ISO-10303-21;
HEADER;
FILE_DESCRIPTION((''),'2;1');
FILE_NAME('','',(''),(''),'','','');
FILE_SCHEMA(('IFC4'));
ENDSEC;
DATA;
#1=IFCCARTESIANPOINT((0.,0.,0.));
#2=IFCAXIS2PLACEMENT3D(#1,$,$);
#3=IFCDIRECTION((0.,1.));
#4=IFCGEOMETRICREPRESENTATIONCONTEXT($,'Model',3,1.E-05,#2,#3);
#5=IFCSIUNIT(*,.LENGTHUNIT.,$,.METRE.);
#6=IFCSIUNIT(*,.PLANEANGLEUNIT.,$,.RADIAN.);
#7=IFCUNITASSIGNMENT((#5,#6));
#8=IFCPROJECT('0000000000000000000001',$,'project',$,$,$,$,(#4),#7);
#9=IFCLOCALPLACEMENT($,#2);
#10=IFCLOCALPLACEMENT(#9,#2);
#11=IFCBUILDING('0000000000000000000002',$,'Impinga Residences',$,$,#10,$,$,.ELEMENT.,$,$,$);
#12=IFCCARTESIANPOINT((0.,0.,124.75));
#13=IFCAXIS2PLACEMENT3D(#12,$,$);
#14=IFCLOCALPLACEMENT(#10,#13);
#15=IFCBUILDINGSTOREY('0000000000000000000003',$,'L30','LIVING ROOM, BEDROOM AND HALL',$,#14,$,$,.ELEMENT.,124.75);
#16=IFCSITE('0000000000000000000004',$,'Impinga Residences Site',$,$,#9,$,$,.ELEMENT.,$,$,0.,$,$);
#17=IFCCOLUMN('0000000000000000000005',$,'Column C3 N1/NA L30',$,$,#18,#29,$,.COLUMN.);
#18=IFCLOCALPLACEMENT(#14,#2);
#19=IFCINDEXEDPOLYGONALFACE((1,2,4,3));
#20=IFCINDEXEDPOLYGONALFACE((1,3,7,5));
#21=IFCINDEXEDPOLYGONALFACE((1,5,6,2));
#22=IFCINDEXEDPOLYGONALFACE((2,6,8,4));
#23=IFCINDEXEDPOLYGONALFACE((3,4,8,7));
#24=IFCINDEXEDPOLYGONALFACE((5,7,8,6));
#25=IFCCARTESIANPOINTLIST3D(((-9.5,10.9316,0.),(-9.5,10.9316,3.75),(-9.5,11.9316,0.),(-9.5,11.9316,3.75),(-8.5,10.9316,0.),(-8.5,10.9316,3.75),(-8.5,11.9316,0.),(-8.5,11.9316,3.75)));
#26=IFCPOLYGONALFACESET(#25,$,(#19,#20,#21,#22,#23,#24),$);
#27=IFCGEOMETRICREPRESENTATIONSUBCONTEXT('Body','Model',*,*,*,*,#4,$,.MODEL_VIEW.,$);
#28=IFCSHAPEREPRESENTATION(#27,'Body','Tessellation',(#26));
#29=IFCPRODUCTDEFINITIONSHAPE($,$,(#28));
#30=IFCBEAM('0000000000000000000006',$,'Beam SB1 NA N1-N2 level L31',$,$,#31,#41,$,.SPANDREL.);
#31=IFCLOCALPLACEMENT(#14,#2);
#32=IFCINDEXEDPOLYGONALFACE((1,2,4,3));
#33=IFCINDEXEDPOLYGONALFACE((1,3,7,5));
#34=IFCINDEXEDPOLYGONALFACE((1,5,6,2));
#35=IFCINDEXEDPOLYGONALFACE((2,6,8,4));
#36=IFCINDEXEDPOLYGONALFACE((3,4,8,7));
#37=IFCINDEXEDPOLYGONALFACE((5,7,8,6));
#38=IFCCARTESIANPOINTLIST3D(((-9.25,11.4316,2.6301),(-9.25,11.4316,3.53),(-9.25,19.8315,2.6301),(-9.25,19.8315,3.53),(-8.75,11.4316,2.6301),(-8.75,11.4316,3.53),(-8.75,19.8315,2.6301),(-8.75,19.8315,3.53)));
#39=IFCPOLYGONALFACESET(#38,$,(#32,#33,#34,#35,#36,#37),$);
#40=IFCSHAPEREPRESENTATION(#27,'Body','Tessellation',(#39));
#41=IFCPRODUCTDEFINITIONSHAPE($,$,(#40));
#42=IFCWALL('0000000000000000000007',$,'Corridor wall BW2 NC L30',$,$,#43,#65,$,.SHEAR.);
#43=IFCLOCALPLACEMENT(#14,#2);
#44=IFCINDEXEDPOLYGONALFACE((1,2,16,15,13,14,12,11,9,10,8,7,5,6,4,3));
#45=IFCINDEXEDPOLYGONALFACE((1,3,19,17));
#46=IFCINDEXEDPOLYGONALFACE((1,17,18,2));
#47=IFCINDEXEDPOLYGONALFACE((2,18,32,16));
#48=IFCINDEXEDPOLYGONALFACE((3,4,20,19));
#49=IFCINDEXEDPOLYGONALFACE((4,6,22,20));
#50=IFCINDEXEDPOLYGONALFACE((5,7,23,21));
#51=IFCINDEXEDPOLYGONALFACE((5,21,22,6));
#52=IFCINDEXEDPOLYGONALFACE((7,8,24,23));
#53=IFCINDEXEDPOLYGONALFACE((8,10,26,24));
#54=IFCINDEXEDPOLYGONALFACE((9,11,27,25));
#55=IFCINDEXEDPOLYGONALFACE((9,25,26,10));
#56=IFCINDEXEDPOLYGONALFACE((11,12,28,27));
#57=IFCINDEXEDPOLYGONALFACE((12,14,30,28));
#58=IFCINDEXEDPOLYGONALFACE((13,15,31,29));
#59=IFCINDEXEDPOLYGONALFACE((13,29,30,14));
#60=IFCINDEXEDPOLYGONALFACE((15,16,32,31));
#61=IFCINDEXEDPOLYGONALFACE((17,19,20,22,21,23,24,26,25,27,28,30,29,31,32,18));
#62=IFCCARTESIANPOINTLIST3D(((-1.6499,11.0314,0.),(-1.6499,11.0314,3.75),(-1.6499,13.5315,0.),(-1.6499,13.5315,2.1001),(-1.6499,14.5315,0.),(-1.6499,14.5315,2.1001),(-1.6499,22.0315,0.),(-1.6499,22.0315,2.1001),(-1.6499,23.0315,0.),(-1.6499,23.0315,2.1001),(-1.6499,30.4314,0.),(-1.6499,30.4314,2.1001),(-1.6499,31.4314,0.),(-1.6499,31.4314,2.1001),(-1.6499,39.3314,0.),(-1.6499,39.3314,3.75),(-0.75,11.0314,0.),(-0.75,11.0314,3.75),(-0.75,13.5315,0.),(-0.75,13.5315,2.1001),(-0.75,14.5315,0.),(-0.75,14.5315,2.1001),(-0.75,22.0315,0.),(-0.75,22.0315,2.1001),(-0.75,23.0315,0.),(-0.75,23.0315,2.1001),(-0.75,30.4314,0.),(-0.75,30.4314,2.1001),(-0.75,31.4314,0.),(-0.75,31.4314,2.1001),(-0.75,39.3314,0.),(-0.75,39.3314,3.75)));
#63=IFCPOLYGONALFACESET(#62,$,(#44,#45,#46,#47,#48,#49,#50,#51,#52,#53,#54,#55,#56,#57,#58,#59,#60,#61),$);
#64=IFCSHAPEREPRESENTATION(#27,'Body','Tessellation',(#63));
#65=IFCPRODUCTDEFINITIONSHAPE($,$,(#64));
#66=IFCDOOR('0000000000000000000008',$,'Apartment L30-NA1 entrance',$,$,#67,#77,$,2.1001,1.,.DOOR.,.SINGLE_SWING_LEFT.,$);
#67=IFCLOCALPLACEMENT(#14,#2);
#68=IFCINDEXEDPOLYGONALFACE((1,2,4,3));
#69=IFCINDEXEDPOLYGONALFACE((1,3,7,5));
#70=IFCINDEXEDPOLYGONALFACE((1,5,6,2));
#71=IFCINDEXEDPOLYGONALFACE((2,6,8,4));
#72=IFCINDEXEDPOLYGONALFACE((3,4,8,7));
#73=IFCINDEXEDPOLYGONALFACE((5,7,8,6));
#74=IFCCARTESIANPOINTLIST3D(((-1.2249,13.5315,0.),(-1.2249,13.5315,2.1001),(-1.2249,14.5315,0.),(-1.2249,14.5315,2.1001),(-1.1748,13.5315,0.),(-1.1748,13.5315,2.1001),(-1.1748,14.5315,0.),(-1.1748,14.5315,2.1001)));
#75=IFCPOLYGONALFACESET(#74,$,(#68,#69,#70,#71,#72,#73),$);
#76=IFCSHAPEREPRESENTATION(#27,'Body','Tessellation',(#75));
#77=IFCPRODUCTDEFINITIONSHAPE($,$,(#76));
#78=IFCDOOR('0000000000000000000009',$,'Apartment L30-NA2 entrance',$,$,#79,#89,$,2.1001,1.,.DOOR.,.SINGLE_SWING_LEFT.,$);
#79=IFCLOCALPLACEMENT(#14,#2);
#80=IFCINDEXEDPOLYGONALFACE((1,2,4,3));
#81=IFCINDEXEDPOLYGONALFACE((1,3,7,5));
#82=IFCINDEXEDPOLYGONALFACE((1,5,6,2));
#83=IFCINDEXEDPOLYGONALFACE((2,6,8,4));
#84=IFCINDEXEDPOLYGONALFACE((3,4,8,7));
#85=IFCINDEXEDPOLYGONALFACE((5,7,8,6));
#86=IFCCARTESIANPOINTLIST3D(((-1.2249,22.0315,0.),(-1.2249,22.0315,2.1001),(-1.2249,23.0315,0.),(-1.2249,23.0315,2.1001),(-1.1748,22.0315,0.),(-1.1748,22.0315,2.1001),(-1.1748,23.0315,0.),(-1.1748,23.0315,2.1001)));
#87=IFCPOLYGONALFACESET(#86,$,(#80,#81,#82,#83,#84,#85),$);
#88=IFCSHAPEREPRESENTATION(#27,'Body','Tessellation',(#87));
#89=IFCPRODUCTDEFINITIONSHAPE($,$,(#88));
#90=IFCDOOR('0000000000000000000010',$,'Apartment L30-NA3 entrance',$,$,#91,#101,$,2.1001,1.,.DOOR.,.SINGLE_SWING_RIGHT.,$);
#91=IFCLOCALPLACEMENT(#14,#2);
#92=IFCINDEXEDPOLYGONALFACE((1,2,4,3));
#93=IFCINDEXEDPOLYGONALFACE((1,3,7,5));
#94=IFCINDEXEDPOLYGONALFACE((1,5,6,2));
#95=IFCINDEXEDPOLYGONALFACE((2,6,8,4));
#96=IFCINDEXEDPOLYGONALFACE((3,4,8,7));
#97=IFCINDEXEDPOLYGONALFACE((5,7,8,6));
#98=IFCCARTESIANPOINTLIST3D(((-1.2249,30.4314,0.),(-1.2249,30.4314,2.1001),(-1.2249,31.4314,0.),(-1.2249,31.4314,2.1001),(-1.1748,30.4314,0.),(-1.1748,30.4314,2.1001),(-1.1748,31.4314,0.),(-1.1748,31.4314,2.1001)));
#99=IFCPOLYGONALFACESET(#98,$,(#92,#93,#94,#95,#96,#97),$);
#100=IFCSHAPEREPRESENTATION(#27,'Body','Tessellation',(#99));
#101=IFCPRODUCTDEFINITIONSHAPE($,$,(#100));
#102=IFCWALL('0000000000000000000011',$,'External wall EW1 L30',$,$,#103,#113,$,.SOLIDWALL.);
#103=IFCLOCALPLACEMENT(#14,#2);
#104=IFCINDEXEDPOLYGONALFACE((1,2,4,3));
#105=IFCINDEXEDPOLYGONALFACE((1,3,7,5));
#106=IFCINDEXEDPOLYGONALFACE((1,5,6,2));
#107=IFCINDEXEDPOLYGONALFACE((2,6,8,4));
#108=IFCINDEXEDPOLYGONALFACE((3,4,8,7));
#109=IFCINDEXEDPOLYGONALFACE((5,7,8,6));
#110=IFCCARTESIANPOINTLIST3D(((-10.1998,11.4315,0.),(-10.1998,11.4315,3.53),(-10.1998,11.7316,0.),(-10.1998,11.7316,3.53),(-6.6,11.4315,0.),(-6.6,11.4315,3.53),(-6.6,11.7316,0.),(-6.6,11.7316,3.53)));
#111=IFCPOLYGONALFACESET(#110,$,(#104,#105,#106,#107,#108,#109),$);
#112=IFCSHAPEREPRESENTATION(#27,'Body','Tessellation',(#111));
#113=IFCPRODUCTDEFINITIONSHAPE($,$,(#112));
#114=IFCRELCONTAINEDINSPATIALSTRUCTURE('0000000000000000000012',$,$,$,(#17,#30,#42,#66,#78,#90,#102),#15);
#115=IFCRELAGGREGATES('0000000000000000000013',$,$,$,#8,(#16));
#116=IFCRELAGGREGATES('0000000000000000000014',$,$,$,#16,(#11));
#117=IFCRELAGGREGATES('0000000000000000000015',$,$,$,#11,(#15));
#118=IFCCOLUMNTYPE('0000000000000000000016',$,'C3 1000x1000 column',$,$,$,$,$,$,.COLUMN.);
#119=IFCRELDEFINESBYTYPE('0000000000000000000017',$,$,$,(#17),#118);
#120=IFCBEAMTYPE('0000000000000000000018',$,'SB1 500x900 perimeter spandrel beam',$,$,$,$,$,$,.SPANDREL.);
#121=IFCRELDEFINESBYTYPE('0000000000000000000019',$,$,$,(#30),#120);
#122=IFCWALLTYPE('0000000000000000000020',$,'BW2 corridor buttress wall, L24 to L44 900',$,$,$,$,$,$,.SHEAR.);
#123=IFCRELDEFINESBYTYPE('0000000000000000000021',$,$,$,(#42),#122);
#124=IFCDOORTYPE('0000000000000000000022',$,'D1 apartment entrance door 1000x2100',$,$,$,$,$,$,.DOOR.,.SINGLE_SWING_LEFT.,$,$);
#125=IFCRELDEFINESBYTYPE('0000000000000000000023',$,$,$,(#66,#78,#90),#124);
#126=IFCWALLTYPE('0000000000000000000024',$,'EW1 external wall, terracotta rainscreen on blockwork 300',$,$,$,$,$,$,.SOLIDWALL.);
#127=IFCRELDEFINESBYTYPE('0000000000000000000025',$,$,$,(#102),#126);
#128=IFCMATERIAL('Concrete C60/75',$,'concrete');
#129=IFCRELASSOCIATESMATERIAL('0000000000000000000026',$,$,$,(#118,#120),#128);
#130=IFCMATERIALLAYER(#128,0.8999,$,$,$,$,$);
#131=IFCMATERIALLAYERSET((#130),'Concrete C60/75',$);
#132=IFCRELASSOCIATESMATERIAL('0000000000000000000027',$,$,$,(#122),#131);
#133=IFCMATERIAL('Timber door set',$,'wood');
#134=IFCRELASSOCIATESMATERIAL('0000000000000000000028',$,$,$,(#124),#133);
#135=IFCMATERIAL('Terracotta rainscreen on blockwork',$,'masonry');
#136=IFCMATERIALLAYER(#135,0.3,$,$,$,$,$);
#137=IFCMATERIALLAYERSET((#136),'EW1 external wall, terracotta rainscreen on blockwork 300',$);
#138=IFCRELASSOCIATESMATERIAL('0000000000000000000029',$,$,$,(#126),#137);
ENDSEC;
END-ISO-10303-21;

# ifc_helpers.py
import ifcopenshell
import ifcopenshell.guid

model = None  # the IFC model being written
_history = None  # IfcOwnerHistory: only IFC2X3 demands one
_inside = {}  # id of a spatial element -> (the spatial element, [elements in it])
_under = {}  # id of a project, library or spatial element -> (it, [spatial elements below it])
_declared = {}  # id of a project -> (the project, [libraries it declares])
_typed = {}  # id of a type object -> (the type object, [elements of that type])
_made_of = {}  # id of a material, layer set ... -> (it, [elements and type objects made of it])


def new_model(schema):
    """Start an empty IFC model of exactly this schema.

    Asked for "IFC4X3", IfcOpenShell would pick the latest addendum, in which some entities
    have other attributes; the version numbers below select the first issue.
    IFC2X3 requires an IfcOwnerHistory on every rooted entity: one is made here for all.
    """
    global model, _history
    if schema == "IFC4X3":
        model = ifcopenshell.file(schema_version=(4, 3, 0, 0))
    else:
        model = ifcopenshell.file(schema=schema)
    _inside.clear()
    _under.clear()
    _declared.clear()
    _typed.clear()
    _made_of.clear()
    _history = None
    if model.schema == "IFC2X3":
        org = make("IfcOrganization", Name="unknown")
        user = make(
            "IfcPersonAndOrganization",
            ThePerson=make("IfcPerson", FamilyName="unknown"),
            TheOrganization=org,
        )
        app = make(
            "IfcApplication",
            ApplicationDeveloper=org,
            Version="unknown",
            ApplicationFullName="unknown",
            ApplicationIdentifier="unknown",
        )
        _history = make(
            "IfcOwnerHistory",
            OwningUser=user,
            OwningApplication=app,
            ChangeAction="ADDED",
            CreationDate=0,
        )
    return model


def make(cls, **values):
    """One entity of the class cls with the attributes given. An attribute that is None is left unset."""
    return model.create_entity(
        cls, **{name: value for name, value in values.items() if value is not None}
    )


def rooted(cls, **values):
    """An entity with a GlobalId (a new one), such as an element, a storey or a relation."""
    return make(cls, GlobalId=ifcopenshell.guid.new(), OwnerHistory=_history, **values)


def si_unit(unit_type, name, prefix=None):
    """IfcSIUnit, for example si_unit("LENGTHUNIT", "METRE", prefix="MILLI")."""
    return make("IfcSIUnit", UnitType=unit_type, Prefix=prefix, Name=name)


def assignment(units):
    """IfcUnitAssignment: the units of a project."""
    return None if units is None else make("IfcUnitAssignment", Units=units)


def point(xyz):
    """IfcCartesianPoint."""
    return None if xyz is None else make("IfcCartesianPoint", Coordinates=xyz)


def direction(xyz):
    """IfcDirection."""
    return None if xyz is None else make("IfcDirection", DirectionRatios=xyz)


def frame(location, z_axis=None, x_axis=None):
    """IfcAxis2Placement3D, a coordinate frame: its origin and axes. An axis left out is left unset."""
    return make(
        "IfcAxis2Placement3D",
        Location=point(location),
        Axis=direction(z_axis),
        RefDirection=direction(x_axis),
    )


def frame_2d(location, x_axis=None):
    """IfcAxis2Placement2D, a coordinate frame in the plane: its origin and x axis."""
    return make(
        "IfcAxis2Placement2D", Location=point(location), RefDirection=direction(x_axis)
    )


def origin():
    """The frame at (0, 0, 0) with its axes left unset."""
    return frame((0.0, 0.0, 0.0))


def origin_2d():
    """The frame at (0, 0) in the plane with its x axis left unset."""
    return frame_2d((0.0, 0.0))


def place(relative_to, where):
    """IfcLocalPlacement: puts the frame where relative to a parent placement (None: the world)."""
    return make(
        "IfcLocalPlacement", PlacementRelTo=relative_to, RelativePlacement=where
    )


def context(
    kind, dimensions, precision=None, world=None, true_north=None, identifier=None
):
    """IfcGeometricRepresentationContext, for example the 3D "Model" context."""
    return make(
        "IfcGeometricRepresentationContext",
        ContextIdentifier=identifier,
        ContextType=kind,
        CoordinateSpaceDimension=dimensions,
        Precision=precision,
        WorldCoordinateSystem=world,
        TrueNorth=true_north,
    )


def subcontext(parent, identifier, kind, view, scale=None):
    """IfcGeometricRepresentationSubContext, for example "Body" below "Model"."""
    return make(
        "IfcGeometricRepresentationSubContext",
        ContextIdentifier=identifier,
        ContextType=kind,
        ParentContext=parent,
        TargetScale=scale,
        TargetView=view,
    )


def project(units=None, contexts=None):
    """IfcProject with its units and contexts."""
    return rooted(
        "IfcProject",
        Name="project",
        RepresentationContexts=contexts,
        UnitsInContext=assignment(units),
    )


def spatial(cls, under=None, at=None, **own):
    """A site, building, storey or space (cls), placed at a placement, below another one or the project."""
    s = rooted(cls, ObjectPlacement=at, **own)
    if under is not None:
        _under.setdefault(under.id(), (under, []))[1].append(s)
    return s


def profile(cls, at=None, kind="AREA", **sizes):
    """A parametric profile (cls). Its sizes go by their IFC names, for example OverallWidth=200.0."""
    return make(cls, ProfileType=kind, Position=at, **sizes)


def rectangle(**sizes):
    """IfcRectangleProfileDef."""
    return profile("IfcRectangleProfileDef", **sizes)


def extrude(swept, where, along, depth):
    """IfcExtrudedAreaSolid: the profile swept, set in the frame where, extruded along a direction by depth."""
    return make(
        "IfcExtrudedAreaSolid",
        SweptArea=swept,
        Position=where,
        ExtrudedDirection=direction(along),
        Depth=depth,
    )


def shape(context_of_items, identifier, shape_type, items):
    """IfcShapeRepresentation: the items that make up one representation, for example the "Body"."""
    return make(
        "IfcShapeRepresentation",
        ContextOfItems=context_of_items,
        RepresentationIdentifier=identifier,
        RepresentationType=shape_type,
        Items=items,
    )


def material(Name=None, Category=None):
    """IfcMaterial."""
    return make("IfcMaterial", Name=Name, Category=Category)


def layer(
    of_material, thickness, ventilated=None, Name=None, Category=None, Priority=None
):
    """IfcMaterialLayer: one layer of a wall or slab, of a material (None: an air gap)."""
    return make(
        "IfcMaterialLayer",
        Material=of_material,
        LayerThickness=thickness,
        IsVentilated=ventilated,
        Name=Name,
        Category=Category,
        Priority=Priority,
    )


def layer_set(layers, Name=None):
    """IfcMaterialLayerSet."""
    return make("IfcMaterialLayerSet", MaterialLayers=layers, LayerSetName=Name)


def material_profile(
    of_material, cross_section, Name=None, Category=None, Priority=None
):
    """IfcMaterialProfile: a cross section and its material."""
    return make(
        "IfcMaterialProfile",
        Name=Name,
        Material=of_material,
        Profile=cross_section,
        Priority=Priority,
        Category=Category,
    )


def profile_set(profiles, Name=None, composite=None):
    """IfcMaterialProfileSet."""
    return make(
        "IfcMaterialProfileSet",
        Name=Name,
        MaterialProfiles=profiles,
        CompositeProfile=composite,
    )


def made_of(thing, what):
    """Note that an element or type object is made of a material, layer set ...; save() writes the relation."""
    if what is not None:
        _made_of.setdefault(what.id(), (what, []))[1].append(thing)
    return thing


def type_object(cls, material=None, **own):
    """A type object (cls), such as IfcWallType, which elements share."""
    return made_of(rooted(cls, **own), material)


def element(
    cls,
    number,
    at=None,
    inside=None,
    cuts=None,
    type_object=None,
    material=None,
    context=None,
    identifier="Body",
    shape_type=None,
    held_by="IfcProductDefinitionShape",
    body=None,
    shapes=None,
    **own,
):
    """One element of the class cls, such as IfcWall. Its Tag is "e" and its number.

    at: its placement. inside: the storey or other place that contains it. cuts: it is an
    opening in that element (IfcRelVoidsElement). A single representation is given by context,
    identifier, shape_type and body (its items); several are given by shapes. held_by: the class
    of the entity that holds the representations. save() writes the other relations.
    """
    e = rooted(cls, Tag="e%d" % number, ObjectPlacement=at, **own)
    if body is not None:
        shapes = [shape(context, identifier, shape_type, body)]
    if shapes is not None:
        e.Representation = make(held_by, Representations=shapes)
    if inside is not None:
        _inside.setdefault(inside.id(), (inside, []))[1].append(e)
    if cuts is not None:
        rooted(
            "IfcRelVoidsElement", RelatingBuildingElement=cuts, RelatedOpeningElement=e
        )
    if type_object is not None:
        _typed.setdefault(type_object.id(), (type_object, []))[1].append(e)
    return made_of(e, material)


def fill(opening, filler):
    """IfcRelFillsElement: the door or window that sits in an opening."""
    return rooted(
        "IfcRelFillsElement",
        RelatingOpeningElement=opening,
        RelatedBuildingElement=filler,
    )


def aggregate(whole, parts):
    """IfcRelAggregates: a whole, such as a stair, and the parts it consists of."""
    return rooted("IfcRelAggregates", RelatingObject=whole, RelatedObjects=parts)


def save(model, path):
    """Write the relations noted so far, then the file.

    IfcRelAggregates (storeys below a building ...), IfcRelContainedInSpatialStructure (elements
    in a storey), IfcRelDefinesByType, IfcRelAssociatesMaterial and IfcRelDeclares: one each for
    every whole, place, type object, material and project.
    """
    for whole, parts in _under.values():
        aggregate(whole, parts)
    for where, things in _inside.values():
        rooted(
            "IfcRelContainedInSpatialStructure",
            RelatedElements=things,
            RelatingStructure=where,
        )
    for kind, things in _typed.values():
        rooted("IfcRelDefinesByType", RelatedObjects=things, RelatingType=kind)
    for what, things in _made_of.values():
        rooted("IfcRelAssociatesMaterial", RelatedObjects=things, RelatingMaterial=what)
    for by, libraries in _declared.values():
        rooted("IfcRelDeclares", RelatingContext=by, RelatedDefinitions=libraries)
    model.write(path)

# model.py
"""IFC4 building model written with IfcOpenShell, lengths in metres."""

from ifc_helpers import new_model, si_unit, direction, frame, frame_2d, origin, origin_2d, place, context, subcontext, project, spatial, rectangle, extrude, material, layer, layer_set, material_profile, profile_set, type_object, element, fill, save


model = new_model("IFC4")

# Units and contexts
model_context = context("Model", 3, precision=1e-05, world=origin(), true_north=direction((0.0, 1.0)))
body_context = subcontext(model_context, "Body", "Model", "MODEL_VIEW")
ifc_project = project(units=[si_unit("LENGTHUNIT", "METRE"), si_unit("PLANEANGLEUNIT", "RADIAN")], contexts=[model_context])

# Site, building, storey
site_placement = place(None, origin())
site = spatial("IfcSite", under=ifc_project, at=site_placement, Name="Impinga Residences Site", CompositionType="ELEMENT", RefElevation=0.0)
building_placement = place(site_placement, origin())
building = spatial("IfcBuilding", under=site, at=building_placement, Name="Impinga Residences", CompositionType="ELEMENT")
storey_placement = place(building_placement, frame((0.0, 0.0, 124.75)))
storey = spatial("IfcBuildingStorey", under=building, at=storey_placement, Name="L30", Description="LIVING ROOM, BEDROOM AND HALL", CompositionType="ELEMENT", Elevation=124.75)

# Column
ifc_material_1 = material(Name="Concrete C60/75", Category="concrete")
ifc_material_profile_1 = material_profile(ifc_material_1, rectangle(XDim=1.0, YDim=1.0, at=origin_2d()), Name="RC 1000x1000")
ifc_profile_set_1 = profile_set([ifc_material_profile_1], Name="Concrete C60/75")
column_type = type_object("IfcColumnType", Name="C3 1000x1000 column", PredefinedType="COLUMN", material=ifc_profile_set_1)
column_placement = place(storey_placement, frame((-9.0, 11.4316, 0.0), z_axis=(0.0, 0.0, 1.0), x_axis=(1.0, 0.0, 0.0)))
element("IfcColumn", 1, at=column_placement, inside=storey, type_object=column_type, Name="Column C3 N1/NA L30", PredefinedType="COLUMN", context=body_context, shape_type="SweptSolid", body=[
    extrude(rectangle(XDim=1.0, YDim=1.0, at=origin_2d()), origin(), (0.0, 0.0, 1.0), 3.75),
])

# Beam
ifc_material_profile_2 = material_profile(ifc_material_1, rectangle(XDim=0.5, YDim=0.8999, at=origin_2d()), Name="RC 500x900")
ifc_profile_set_2 = profile_set([ifc_material_profile_2], Name="Concrete C60/75")
beam_type = type_object("IfcBeamType", Name="SB1 500x900 perimeter spandrel beam", PredefinedType="SPANDREL", material=ifc_profile_set_2)
beam_placement = place(storey_placement, frame((-9.0, 11.4316, 3.0801), z_axis=(0.0, 1.0, 0.0), x_axis=(-1.0, 0.0, 0.0)))
element("IfcBeam", 2, at=beam_placement, inside=storey, type_object=beam_type, Name="Beam SB1 NA N1-N2 level L31", PredefinedType="SPANDREL", context=body_context, shape_type="SweptSolid", body=[
    extrude(rectangle(XDim=0.5, YDim=0.8999, at=origin_2d()), origin(), (0.0, 0.0, 1.0), 8.3999),
])

# Wall, openings, doors
ifc_layer_1 = layer(ifc_material_1, 0.8999)
ifc_layer_set_1 = layer_set([ifc_layer_1], Name="Concrete C60/75")
wall_type_1 = type_object("IfcWallType", Name="BW2 corridor buttress wall, L24 to L44 900", PredefinedType="SHEAR", material=ifc_layer_set_1)
wall_1_placement = place(storey_placement, frame((-1.2, 11.0315, 0.0), z_axis=(0.0, 0.0, 1.0), x_axis=(0.0, 1.0, 0.0)))
wall_1 = element("IfcWall", 3, at=wall_1_placement, inside=storey, type_object=wall_type_1, Name="Corridor wall BW2 NC L30", PredefinedType="SHEAR", context=body_context, shape_type="SweptSolid", body=[
    extrude(rectangle(XDim=28.3, YDim=0.8999, at=frame_2d((14.1499, 0.0))), origin(), (0.0, 0.0, 1.0), 3.75),
])
opening_1_placement = place(wall_1_placement, frame((2.5, 0.0, 0.0)))
opening_1 = element("IfcOpeningElement", 4, at=opening_1_placement, cuts=wall_1, PredefinedType="OPENING", context=body_context, shape_type="SweptSolid", body=[
    extrude(rectangle(XDim=1.0, YDim=2.1001, at=frame_2d((0.5, 1.05))), frame((0.0, 0.46, 0.0), z_axis=(0.0, -1.0, 0.0), x_axis=(1.0, 0.0, 0.0)), (0.0, 0.0, 1.0), 0.9199),
])
opening_2_placement = place(wall_1_placement, frame((11.0, 0.0, 0.0)))
opening_2 = element("IfcOpeningElement", 5, at=opening_2_placement, cuts=wall_1, PredefinedType="OPENING", context=body_context, shape_type="SweptSolid", body=[
    extrude(rectangle(XDim=1.0, YDim=2.1001, at=frame_2d((0.5, 1.05))), frame((0.0, 0.46, 0.0), z_axis=(0.0, -1.0, 0.0), x_axis=(1.0, 0.0, 0.0)), (0.0, 0.0, 1.0), 0.9199),
])
opening_3_placement = place(wall_1_placement, frame((19.3999, 0.0, 0.0)))
opening_3 = element("IfcOpeningElement", 6, at=opening_3_placement, cuts=wall_1, PredefinedType="OPENING", context=body_context, shape_type="SweptSolid", body=[
    extrude(rectangle(XDim=1.0, YDim=2.1001, at=frame_2d((0.5, 1.05))), frame((0.0, 0.46, 0.0), z_axis=(0.0, -1.0, 0.0), x_axis=(1.0, 0.0, 0.0)), (0.0, 0.0, 1.0), 0.9199),
])
ifc_material_2 = material(Name="Timber door set", Category="wood")
door_type_1 = type_object("IfcDoorType", Name="D1 apartment entrance door 1000x2100", OperationType="SINGLE_SWING_LEFT", PredefinedType="DOOR", material=ifc_material_2)
door_1_placement = place(opening_1_placement, origin())
door_1 = element("IfcDoor", 7, at=door_1_placement, inside=storey, type_object=door_type_1, Name="Apartment L30-NA1 entrance", OperationType="SINGLE_SWING_LEFT", OverallHeight=2.1001, OverallWidth=1.0, PredefinedType="DOOR", context=body_context, shape_type="SweptSolid", body=[
    extrude(rectangle(XDim=1.0, YDim=2.1001, at=frame_2d((0.5, 1.05))), frame((0.0, 0.0249, 0.0), z_axis=(0.0, -1.0, 0.0), x_axis=(1.0, 0.0, 0.0)), (0.0, 0.0, 1.0), 0.05),
])
fill(opening_1, door_1)
door_2_placement = place(opening_2_placement, origin())
door_2 = element("IfcDoor", 8, at=door_2_placement, inside=storey, type_object=door_type_1, Name="Apartment L30-NA2 entrance", OperationType="SINGLE_SWING_LEFT", OverallHeight=2.1001, OverallWidth=1.0, PredefinedType="DOOR", context=body_context, shape_type="SweptSolid", body=[
    extrude(rectangle(XDim=1.0, YDim=2.1001, at=frame_2d((0.5, 1.05))), frame((0.0, 0.0249, 0.0), z_axis=(0.0, -1.0, 0.0), x_axis=(1.0, 0.0, 0.0)), (0.0, 0.0, 1.0), 0.05),
])
fill(opening_2, door_2)
door_3_placement = place(opening_3_placement, origin())
door_3 = element("IfcDoor", 9, at=door_3_placement, inside=storey, type_object=door_type_1, Name="Apartment L30-NA3 entrance", OperationType="SINGLE_SWING_RIGHT", OverallHeight=2.1001, OverallWidth=1.0, PredefinedType="DOOR", context=body_context, shape_type="SweptSolid", body=[
    extrude(rectangle(XDim=1.0, YDim=2.1001, at=frame_2d((0.5, 1.05))), frame((0.0, 0.0249, 0.0), z_axis=(0.0, -1.0, 0.0), x_axis=(1.0, 0.0, 0.0)), (0.0, 0.0, 1.0), 0.05),
])
fill(opening_3, door_3)

# Wall
ifc_material_3 = material(Name="Terracotta rainscreen on blockwork", Category="masonry")
ifc_layer_2 = layer(ifc_material_3, 0.3)
ifc_layer_set_2 = layer_set([ifc_layer_2], Name="EW1 external wall, terracotta rainscreen on blockwork 300")
wall_type_2 = type_object("IfcWallType", Name="EW1 external wall, terracotta rainscreen on blockwork 300", PredefinedType="SOLIDWALL", material=ifc_layer_set_2)
wall_2_placement = place(storey_placement, frame((-6.6001, 11.5815, 0.0), z_axis=(0.0, 0.0, 1.0), x_axis=(-1.0, 0.0, 0.0)))
element("IfcWall", 10, at=wall_2_placement, inside=storey, type_object=wall_type_2, Name="External wall EW1 L30", PredefinedType="SOLIDWALL", context=body_context, shape_type="SweptSolid", body=[
    extrude(rectangle(XDim=3.5999, YDim=0.3, at=frame_2d((1.7998, 0.0))), origin(), (0.0, 0.0, 1.0), 3.53),
])

save(model, "model.ifc")
